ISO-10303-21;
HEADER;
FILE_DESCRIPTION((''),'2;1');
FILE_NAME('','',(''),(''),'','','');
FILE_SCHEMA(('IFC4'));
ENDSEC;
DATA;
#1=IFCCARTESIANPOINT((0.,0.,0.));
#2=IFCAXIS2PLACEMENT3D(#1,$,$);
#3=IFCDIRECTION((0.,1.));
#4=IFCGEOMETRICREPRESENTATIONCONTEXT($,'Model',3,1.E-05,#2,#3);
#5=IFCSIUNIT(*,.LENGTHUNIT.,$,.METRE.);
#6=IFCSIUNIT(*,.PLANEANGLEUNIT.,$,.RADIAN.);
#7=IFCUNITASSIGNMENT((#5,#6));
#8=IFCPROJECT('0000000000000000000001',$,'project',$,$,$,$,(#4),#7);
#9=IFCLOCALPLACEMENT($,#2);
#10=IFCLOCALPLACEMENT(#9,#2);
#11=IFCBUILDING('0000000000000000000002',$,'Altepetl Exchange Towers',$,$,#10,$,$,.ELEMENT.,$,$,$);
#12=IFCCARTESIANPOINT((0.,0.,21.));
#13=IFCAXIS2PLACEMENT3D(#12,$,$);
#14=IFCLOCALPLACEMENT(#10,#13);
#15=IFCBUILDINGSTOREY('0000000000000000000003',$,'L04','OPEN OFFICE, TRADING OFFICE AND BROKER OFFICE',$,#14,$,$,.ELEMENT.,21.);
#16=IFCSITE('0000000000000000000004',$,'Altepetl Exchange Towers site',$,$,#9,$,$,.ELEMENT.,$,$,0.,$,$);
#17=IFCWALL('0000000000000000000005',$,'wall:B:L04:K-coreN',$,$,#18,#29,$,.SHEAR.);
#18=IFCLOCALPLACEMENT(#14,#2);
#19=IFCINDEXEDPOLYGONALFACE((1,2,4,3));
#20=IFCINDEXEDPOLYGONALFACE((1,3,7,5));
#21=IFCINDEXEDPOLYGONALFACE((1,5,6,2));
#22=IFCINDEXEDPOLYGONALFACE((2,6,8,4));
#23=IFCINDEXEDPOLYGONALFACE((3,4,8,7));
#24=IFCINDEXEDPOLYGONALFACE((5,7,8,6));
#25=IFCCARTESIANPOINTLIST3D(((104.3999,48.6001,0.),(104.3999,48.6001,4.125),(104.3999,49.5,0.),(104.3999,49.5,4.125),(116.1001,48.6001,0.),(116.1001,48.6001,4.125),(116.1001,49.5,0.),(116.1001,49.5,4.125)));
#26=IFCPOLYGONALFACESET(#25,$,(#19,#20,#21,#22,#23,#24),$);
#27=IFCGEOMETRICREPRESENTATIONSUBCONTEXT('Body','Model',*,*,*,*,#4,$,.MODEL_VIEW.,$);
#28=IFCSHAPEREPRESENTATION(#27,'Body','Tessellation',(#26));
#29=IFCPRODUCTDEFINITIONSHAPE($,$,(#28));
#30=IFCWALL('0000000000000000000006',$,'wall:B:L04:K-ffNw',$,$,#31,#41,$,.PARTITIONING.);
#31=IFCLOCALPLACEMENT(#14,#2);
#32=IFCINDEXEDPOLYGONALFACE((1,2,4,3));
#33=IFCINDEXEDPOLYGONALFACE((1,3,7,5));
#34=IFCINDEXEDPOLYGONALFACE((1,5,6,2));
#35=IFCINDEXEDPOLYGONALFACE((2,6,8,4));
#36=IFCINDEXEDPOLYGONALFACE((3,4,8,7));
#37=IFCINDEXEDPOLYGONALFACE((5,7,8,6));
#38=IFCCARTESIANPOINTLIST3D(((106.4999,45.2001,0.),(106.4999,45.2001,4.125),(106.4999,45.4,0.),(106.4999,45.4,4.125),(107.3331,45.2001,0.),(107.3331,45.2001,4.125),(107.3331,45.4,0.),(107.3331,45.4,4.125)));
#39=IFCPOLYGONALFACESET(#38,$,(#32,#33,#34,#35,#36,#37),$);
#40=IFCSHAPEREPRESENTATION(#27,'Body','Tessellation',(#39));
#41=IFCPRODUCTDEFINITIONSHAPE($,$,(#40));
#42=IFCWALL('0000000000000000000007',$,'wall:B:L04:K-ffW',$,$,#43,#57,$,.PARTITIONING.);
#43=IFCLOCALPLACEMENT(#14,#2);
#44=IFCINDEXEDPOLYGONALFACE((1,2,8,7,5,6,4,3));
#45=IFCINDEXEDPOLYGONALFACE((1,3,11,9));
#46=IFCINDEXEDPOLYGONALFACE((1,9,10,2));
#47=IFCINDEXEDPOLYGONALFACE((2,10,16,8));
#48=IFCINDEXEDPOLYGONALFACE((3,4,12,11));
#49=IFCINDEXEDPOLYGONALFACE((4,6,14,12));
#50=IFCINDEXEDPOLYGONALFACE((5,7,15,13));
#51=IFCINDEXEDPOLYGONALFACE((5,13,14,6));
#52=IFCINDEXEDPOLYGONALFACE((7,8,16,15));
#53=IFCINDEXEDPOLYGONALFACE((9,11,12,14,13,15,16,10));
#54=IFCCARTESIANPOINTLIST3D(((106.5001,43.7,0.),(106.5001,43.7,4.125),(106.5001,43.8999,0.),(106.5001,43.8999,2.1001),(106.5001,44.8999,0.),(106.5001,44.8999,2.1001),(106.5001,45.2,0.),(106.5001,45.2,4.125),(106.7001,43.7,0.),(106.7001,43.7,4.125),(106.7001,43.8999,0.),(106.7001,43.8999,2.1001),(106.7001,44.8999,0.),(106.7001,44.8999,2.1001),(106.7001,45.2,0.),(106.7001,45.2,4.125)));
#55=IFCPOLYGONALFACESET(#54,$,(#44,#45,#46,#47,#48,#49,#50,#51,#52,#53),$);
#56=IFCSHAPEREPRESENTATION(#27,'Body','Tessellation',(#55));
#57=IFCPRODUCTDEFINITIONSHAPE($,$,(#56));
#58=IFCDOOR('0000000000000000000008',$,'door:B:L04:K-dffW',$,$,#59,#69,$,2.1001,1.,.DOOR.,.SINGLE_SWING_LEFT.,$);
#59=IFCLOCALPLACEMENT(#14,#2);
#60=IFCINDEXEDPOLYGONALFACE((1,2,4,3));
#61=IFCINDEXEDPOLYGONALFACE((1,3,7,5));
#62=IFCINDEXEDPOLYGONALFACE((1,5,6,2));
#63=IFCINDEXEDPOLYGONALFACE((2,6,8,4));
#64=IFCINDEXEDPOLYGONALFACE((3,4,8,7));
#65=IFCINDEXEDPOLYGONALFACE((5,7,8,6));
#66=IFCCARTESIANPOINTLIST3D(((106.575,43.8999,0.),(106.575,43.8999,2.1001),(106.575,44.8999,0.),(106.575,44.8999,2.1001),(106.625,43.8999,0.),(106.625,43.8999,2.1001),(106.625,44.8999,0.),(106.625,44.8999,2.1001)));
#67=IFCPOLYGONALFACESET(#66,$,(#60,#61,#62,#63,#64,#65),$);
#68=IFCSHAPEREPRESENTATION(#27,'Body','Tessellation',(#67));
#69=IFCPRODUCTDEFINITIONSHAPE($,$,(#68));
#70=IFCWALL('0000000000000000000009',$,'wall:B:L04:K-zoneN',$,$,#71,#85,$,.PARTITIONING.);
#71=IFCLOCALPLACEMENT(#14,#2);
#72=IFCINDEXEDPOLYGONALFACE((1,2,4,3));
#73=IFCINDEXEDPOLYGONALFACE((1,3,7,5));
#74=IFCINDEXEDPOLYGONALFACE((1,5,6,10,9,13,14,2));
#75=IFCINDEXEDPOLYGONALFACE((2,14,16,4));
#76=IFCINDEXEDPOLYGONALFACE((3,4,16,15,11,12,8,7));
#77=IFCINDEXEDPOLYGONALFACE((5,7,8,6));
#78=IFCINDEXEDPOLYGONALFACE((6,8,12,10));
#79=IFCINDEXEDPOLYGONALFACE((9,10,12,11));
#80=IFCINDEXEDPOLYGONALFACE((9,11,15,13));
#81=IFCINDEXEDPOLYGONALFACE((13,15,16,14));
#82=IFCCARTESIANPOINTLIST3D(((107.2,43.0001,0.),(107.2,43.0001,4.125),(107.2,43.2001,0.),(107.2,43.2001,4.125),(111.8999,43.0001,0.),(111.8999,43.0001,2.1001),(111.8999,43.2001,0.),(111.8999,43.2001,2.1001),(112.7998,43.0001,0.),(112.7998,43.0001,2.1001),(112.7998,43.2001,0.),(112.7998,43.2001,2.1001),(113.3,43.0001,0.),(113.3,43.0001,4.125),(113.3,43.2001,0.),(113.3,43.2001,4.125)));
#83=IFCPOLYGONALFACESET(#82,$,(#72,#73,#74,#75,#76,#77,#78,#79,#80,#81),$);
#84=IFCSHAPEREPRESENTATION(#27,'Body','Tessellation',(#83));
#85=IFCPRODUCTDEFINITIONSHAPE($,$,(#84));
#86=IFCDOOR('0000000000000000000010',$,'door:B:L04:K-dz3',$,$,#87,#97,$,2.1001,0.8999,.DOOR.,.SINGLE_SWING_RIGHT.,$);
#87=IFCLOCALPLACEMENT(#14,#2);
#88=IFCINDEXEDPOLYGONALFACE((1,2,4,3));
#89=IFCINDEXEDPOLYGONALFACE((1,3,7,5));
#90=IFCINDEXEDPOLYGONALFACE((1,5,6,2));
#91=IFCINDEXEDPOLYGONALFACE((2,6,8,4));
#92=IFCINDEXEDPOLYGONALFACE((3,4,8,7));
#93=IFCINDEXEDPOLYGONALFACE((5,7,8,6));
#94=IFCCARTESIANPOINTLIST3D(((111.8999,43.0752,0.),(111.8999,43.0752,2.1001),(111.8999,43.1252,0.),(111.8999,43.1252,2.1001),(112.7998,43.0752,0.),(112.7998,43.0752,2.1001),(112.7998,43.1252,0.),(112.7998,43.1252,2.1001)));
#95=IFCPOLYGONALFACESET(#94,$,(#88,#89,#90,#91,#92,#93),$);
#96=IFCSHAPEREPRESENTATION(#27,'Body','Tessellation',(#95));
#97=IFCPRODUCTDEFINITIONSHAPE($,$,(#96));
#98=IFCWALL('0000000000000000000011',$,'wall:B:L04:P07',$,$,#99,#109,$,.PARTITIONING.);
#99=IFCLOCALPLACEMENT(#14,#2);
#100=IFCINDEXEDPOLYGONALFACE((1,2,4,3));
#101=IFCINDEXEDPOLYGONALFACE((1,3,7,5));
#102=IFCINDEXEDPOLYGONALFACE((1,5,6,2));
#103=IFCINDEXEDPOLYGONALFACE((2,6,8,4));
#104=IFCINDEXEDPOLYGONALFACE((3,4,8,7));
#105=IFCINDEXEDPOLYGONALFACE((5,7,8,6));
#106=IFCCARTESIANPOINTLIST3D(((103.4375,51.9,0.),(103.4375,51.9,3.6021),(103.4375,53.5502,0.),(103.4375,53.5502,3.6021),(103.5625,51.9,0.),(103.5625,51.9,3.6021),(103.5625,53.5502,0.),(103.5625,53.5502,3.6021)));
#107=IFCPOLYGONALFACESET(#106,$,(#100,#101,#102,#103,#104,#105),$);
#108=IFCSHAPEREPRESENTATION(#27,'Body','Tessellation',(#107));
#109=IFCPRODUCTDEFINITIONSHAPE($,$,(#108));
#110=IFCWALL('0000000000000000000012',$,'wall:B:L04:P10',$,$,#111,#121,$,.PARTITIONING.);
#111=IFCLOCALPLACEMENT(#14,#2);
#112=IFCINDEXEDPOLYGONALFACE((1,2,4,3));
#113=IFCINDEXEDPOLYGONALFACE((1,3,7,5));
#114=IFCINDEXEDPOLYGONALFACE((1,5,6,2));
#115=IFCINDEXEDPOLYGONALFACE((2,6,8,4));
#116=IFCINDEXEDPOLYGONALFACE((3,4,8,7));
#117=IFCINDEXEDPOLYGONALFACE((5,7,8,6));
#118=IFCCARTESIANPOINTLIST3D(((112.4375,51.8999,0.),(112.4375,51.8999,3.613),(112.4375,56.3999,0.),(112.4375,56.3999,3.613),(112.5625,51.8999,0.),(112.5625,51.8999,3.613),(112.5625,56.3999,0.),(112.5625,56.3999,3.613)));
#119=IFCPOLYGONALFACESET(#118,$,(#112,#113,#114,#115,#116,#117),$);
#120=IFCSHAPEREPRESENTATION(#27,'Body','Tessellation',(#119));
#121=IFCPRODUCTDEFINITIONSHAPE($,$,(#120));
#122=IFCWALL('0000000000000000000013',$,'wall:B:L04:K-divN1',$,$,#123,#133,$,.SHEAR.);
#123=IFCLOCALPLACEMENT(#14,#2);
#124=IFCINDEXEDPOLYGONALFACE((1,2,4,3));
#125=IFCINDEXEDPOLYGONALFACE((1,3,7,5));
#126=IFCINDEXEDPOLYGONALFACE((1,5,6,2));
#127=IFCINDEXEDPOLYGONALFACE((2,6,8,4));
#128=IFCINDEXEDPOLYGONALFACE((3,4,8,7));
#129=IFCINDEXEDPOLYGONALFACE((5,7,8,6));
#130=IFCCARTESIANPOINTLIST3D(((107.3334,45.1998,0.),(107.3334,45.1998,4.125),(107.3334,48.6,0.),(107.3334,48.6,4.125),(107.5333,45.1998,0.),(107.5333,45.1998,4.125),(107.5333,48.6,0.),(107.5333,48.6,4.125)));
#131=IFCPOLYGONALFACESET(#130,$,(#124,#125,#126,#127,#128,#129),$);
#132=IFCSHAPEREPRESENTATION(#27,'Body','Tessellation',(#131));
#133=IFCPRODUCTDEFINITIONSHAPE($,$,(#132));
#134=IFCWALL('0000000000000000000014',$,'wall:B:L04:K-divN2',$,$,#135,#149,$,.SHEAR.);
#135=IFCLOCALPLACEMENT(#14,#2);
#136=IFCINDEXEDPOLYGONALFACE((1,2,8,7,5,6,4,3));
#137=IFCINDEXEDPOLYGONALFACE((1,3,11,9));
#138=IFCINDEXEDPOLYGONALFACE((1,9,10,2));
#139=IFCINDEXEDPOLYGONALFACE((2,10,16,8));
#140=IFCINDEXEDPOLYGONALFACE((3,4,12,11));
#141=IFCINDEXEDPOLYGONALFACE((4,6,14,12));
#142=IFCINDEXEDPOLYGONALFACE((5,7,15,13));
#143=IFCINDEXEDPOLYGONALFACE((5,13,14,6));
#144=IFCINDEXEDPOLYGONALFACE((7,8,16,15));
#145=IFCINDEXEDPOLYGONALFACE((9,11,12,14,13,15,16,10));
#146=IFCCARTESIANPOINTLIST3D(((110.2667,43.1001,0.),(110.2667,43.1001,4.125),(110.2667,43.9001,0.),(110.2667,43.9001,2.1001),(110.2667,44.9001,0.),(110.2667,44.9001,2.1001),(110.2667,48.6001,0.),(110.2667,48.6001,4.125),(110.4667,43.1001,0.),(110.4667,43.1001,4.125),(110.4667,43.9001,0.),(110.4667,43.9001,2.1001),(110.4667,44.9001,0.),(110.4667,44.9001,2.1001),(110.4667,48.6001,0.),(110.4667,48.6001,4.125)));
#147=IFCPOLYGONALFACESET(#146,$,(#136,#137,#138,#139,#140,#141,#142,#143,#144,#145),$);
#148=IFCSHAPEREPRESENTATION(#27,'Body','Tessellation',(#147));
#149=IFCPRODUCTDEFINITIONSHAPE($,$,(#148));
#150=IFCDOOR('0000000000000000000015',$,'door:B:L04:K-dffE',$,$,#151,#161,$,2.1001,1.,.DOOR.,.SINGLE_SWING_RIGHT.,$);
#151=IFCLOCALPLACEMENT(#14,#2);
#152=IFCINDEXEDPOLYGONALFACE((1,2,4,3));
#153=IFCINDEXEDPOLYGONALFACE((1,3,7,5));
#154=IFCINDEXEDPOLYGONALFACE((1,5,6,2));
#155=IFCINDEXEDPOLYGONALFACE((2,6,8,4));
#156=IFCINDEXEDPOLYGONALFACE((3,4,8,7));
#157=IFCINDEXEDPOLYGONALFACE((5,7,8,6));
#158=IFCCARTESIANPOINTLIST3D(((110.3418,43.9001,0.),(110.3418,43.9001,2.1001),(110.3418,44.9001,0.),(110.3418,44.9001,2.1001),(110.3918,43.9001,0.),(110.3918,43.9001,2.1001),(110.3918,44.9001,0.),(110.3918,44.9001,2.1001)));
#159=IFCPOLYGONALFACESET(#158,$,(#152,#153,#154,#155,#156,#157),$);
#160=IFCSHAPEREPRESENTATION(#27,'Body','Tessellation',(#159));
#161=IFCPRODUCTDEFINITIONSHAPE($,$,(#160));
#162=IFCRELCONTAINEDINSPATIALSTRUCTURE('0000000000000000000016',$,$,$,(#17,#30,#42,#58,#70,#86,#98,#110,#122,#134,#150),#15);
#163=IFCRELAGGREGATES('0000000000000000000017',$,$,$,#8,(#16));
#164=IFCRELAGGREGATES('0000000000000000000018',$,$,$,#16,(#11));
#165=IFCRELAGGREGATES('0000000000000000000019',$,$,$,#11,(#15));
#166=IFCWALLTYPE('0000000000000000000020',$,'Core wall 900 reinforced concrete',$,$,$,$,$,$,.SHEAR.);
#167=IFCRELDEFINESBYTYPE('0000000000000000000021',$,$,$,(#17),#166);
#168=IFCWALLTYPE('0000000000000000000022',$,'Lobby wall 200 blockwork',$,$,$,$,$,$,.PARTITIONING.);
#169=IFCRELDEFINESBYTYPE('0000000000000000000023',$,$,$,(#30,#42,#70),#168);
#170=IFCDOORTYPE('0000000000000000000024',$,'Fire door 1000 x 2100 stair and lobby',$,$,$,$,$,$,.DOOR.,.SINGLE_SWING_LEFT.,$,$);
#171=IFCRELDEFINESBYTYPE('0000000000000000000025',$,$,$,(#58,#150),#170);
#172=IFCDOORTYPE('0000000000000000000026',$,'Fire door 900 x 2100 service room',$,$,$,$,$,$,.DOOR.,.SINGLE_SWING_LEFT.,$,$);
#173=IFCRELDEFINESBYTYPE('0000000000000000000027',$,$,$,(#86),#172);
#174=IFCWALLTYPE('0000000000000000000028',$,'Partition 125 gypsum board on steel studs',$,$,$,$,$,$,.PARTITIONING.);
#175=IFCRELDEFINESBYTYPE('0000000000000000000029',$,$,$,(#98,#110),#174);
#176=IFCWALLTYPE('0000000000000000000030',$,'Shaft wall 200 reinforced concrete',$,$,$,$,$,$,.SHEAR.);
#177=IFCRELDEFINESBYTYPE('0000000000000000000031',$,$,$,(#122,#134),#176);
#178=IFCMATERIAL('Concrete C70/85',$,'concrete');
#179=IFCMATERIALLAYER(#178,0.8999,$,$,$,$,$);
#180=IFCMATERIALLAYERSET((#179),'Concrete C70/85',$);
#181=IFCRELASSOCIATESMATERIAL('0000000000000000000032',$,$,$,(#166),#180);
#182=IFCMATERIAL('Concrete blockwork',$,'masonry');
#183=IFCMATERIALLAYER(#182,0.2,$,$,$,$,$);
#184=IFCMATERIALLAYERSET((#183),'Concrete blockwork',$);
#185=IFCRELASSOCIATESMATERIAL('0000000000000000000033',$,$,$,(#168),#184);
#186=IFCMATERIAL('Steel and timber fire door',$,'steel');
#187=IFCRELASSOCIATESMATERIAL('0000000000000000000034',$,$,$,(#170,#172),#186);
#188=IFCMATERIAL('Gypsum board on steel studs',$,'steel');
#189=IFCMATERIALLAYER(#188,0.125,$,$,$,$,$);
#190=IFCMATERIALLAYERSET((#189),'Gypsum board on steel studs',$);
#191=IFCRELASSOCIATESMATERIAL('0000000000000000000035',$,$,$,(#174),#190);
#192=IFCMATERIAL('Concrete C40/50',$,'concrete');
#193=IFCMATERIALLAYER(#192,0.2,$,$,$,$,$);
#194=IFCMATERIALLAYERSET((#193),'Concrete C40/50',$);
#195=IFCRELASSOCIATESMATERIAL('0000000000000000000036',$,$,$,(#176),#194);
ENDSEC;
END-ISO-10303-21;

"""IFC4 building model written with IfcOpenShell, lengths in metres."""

from ifc_helpers import new_model, si_unit, direction, frame, frame_2d, origin, place, context, subcontext, project, spatial, rectangle, extrude, material, layer, layer_set, type_object, element, fill, save


model = new_model("IFC4")

# Units and contexts
model_context = context("Model", 3, precision=1e-05, world=origin(), true_north=direction((0.0, 1.0)))
body_context = subcontext(model_context, "Body", "Model", "MODEL_VIEW")
ifc_project = project(units=[si_unit("LENGTHUNIT", "METRE"), si_unit("PLANEANGLEUNIT", "RADIAN")], contexts=[model_context])

# Site, building, storey
site_placement = place(None, origin())
site = spatial("IfcSite", under=ifc_project, at=site_placement, Name="Altepetl Exchange Towers site", CompositionType="ELEMENT", RefElevation=0.0)
building_placement = place(site_placement, origin())
building = spatial("IfcBuilding", under=site, at=building_placement, Name="Altepetl Exchange Towers", CompositionType="ELEMENT")
storey_placement = place(building_placement, frame((0.0, 0.0, 21.0)))
storey = spatial("IfcBuildingStorey", under=building, at=storey_placement, Name="L04", Description="OPEN OFFICE, TRADING OFFICE AND BROKER OFFICE", CompositionType="ELEMENT", Elevation=21.0)

# Walls
ifc_material_1 = material(Name="Concrete C70/85", Category="concrete")
ifc_layer_1 = layer(ifc_material_1, 0.8999)
ifc_layer_set_1 = layer_set([ifc_layer_1], Name="Concrete C70/85")
wall_type_1 = type_object("IfcWallType", Name="Core wall 900 reinforced concrete", PredefinedType="SHEAR", material=ifc_layer_set_1)
wall_1_placement = place(storey_placement, frame((104.3999, 49.05, 0.0)))
element("IfcWall", 1, at=wall_1_placement, inside=storey, type_object=wall_type_1, Name="wall:B:L04:K-coreN", PredefinedType="SHEAR", context=body_context, shape_type="SweptSolid", body=[
    extrude(rectangle(XDim=11.7002, YDim=0.8999, at=frame_2d((5.8501, 0.0))), origin(), (0.0, 0.0, 1.0), 4.125),
])
ifc_material_2 = material(Name="Concrete blockwork", Category="masonry")
ifc_layer_2 = layer(ifc_material_2, 0.2)
ifc_layer_set_2 = layer_set([ifc_layer_2], Name="Concrete blockwork")
wall_type_2 = type_object("IfcWallType", Name="Lobby wall 200 blockwork", PredefinedType="PARTITIONING", material=ifc_layer_set_2)
wall_2_placement = place(storey_placement, frame((106.5, 45.3, 0.0)))
element("IfcWall", 2, at=wall_2_placement, inside=storey, type_object=wall_type_2, Name="wall:B:L04:K-ffNw", PredefinedType="PARTITIONING", context=body_context, shape_type="SweptSolid", body=[
    extrude(rectangle(XDim=0.8333, YDim=0.2, at=frame_2d((0.4165, 0.0))), origin(), (0.0, 0.0, 1.0), 4.125),
])

# Walls, openings, doors
wall_3_placement = place(storey_placement, frame((106.6001, 43.7, 0.0), z_axis=(0.0, 0.0, 1.0), x_axis=(0.0, 1.0, 0.0)))
wall_3 = element("IfcWall", 3, at=wall_3_placement, inside=storey, type_object=wall_type_2, Name="wall:B:L04:K-ffW", PredefinedType="PARTITIONING", context=body_context, shape_type="SweptSolid", body=[
    extrude(rectangle(XDim=1.5, YDim=0.2, at=frame_2d((0.75, 0.0))), origin(), (0.0, 0.0, 1.0), 4.125),
])
opening_1_placement = place(wall_3_placement, frame((0.2, 0.0, 0.0)))
opening_1 = element("IfcOpeningElement", 4, at=opening_1_placement, cuts=wall_3, PredefinedType="OPENING", context=body_context, shape_type="SweptSolid", body=[
    extrude(rectangle(XDim=1.0, YDim=2.1001, at=frame_2d((0.5, 1.05))), frame((0.0, 0.1099, 0.0), z_axis=(0.0, -1.0, 0.0), x_axis=(1.0, 0.0, 0.0)), (0.0, 0.0, 1.0), 0.22),
])
ifc_material_3 = material(Name="Steel and timber fire door", Category="steel")
door_type_1 = type_object("IfcDoorType", Name="Fire door 1000 x 2100 stair and lobby", OperationType="SINGLE_SWING_LEFT", PredefinedType="DOOR", material=ifc_material_3)
door_1_placement = place(opening_1_placement, frame((1.0, 0.0, 0.0), x_axis=(-1.0, 0.0, 0.0)))
door_1 = element("IfcDoor", 5, at=door_1_placement, inside=storey, type_object=door_type_1, Name="door:B:L04:K-dffW", OperationType="SINGLE_SWING_LEFT", OverallHeight=2.1001, OverallWidth=1.0, PredefinedType="DOOR", context=body_context, shape_type="SweptSolid", body=[
    extrude(rectangle(XDim=1.0, YDim=2.1001, at=frame_2d((0.5, 1.05))), frame((0.0, 0.0249, 0.0), z_axis=(0.0, -1.0, 0.0), x_axis=(1.0, 0.0, 0.0)), (0.0, 0.0, 1.0), 0.05),
])
fill(opening_1, door_1)
wall_4_placement = place(storey_placement, frame((107.2, 43.1001, 0.0)))
wall_4 = element("IfcWall", 6, at=wall_4_placement, inside=storey, type_object=wall_type_2, Name="wall:B:L04:K-zoneN", PredefinedType="PARTITIONING", context=body_context, shape_type="SweptSolid", body=[
    extrude(rectangle(XDim=6.1001, YDim=0.2, at=frame_2d((3.05, 0.0))), origin(), (0.0, 0.0, 1.0), 4.125),
])
opening_2_placement = place(wall_4_placement, frame((4.7, 0.0, 0.0)))
opening_2 = element("IfcOpeningElement", 7, at=opening_2_placement, cuts=wall_4, PredefinedType="OPENING", context=body_context, shape_type="SweptSolid", body=[
    extrude(rectangle(XDim=0.8999, YDim=2.1001, at=frame_2d((0.45, 1.05))), frame((0.0, 0.1099, 0.0), z_axis=(0.0, -1.0, 0.0), x_axis=(1.0, 0.0, 0.0)), (0.0, 0.0, 1.0), 0.22),
])
door_type_2 = type_object("IfcDoorType", Name="Fire door 900 x 2100 service room", OperationType="SINGLE_SWING_LEFT", PredefinedType="DOOR", material=ifc_material_3)
door_2_placement = place(opening_2_placement, frame((0.8999, 0.0, 0.0), x_axis=(-1.0, 0.0, 0.0)))
door_2 = element("IfcDoor", 8, at=door_2_placement, inside=storey, type_object=door_type_2, Name="door:B:L04:K-dz3", OperationType="SINGLE_SWING_RIGHT", OverallHeight=2.1001, OverallWidth=0.8999, PredefinedType="DOOR", context=body_context, shape_type="SweptSolid", body=[
    extrude(rectangle(XDim=0.8999, YDim=2.1001, at=frame_2d((0.45, 1.05))), frame((0.0, 0.0249, 0.0), z_axis=(0.0, -1.0, 0.0), x_axis=(1.0, 0.0, 0.0)), (0.0, 0.0, 1.0), 0.05),
])
fill(opening_2, door_2)

# Walls
ifc_material_4 = material(Name="Gypsum board on steel studs", Category="steel")
ifc_layer_3 = layer(ifc_material_4, 0.125)
ifc_layer_set_3 = layer_set([ifc_layer_3], Name="Gypsum board on steel studs")
wall_type_3 = type_object("IfcWallType", Name="Partition 125 gypsum board on steel studs", PredefinedType="PARTITIONING", material=ifc_layer_set_3)
wall_5_placement = place(storey_placement, frame((103.5, 51.8999, 0.0), z_axis=(0.0, 0.0, 1.0), x_axis=(0.0, 1.0, 0.0)))
element("IfcWall", 9, at=wall_5_placement, inside=storey, type_object=wall_type_3, Name="wall:B:L04:P07", PredefinedType="PARTITIONING", context=body_context, shape_type="SweptSolid", body=[
    extrude(rectangle(XDim=1.6501, YDim=0.125, at=frame_2d((0.8252, 0.0))), origin(), (0.0, 0.0, 1.0), 3.6021),
])
wall_6_placement = place(storey_placement, frame((112.5, 51.8999, 0.0), z_axis=(0.0, 0.0, 1.0), x_axis=(0.0, 1.0, 0.0)))
element("IfcWall", 10, at=wall_6_placement, inside=storey, type_object=wall_type_3, Name="wall:B:L04:P10", PredefinedType="PARTITIONING", context=body_context, shape_type="SweptSolid", body=[
    extrude(rectangle(XDim=4.5, YDim=0.125, at=frame_2d((2.25, 0.0))), origin(), (0.0, 0.0, 1.0), 3.613),
])
ifc_material_5 = material(Name="Concrete C40/50", Category="concrete")
ifc_layer_4 = layer(ifc_material_5, 0.2)
ifc_layer_set_4 = layer_set([ifc_layer_4], Name="Concrete C40/50")
wall_type_4 = type_object("IfcWallType", Name="Shaft wall 200 reinforced concrete", PredefinedType="SHEAR", material=ifc_layer_set_4)
wall_7_placement = place(storey_placement, frame((107.4333, 48.6001, 0.0), z_axis=(0.0, 0.0, 1.0), x_axis=(0.0, -1.0, 0.0)))
element("IfcWall", 11, at=wall_7_placement, inside=storey, type_object=wall_type_4, Name="wall:B:L04:K-divN1", PredefinedType="SHEAR", context=body_context, shape_type="SweptSolid", body=[
    extrude(rectangle(XDim=3.4001, YDim=0.2, at=frame_2d((1.7002, 0.0))), origin(), (0.0, 0.0, 1.0), 4.125),
])

# Wall, opening, door
wall_8_placement = place(storey_placement, frame((110.3667, 48.6001, 0.0), z_axis=(0.0, 0.0, 1.0), x_axis=(0.0, -1.0, 0.0)))
wall_8 = element("IfcWall", 12, at=wall_8_placement, inside=storey, type_object=wall_type_4, Name="wall:B:L04:K-divN2", PredefinedType="SHEAR", context=body_context, shape_type="SweptSolid", body=[
    extrude(rectangle(XDim=5.5, YDim=0.2, at=frame_2d((2.75, 0.0))), origin(), (0.0, 0.0, 1.0), 4.125),
])
opening_3_placement = place(wall_8_placement, frame((3.7, 0.0, 0.0)))
opening_3 = element("IfcOpeningElement", 13, at=opening_3_placement, cuts=wall_8, PredefinedType="OPENING", context=body_context, shape_type="SweptSolid", body=[
    extrude(rectangle(XDim=1.0, YDim=2.1001, at=frame_2d((0.5, 1.05))), frame((0.0, 0.1099, 0.0), z_axis=(0.0, -1.0, 0.0), x_axis=(1.0, 0.0, 0.0)), (0.0, 0.0, 1.0), 0.22),
])
door_3_placement = place(opening_3_placement, frame((1.0, 0.0, 0.0), x_axis=(-1.0, 0.0, 0.0)))
door_3 = element("IfcDoor", 14, at=door_3_placement, inside=storey, type_object=door_type_1, Name="door:B:L04:K-dffE", OperationType="SINGLE_SWING_RIGHT", OverallHeight=2.1001, OverallWidth=1.0, PredefinedType="DOOR", context=body_context, shape_type="SweptSolid", body=[
    extrude(rectangle(XDim=1.0, YDim=2.1001, at=frame_2d((0.5, 1.05))), frame((0.0, 0.0249, 0.0), z_axis=(0.0, -1.0, 0.0), x_axis=(1.0, 0.0, 0.0)), (0.0, 0.0, 1.0), 0.05),
])
fill(opening_3, door_3)

save(model, "model.ifc")
